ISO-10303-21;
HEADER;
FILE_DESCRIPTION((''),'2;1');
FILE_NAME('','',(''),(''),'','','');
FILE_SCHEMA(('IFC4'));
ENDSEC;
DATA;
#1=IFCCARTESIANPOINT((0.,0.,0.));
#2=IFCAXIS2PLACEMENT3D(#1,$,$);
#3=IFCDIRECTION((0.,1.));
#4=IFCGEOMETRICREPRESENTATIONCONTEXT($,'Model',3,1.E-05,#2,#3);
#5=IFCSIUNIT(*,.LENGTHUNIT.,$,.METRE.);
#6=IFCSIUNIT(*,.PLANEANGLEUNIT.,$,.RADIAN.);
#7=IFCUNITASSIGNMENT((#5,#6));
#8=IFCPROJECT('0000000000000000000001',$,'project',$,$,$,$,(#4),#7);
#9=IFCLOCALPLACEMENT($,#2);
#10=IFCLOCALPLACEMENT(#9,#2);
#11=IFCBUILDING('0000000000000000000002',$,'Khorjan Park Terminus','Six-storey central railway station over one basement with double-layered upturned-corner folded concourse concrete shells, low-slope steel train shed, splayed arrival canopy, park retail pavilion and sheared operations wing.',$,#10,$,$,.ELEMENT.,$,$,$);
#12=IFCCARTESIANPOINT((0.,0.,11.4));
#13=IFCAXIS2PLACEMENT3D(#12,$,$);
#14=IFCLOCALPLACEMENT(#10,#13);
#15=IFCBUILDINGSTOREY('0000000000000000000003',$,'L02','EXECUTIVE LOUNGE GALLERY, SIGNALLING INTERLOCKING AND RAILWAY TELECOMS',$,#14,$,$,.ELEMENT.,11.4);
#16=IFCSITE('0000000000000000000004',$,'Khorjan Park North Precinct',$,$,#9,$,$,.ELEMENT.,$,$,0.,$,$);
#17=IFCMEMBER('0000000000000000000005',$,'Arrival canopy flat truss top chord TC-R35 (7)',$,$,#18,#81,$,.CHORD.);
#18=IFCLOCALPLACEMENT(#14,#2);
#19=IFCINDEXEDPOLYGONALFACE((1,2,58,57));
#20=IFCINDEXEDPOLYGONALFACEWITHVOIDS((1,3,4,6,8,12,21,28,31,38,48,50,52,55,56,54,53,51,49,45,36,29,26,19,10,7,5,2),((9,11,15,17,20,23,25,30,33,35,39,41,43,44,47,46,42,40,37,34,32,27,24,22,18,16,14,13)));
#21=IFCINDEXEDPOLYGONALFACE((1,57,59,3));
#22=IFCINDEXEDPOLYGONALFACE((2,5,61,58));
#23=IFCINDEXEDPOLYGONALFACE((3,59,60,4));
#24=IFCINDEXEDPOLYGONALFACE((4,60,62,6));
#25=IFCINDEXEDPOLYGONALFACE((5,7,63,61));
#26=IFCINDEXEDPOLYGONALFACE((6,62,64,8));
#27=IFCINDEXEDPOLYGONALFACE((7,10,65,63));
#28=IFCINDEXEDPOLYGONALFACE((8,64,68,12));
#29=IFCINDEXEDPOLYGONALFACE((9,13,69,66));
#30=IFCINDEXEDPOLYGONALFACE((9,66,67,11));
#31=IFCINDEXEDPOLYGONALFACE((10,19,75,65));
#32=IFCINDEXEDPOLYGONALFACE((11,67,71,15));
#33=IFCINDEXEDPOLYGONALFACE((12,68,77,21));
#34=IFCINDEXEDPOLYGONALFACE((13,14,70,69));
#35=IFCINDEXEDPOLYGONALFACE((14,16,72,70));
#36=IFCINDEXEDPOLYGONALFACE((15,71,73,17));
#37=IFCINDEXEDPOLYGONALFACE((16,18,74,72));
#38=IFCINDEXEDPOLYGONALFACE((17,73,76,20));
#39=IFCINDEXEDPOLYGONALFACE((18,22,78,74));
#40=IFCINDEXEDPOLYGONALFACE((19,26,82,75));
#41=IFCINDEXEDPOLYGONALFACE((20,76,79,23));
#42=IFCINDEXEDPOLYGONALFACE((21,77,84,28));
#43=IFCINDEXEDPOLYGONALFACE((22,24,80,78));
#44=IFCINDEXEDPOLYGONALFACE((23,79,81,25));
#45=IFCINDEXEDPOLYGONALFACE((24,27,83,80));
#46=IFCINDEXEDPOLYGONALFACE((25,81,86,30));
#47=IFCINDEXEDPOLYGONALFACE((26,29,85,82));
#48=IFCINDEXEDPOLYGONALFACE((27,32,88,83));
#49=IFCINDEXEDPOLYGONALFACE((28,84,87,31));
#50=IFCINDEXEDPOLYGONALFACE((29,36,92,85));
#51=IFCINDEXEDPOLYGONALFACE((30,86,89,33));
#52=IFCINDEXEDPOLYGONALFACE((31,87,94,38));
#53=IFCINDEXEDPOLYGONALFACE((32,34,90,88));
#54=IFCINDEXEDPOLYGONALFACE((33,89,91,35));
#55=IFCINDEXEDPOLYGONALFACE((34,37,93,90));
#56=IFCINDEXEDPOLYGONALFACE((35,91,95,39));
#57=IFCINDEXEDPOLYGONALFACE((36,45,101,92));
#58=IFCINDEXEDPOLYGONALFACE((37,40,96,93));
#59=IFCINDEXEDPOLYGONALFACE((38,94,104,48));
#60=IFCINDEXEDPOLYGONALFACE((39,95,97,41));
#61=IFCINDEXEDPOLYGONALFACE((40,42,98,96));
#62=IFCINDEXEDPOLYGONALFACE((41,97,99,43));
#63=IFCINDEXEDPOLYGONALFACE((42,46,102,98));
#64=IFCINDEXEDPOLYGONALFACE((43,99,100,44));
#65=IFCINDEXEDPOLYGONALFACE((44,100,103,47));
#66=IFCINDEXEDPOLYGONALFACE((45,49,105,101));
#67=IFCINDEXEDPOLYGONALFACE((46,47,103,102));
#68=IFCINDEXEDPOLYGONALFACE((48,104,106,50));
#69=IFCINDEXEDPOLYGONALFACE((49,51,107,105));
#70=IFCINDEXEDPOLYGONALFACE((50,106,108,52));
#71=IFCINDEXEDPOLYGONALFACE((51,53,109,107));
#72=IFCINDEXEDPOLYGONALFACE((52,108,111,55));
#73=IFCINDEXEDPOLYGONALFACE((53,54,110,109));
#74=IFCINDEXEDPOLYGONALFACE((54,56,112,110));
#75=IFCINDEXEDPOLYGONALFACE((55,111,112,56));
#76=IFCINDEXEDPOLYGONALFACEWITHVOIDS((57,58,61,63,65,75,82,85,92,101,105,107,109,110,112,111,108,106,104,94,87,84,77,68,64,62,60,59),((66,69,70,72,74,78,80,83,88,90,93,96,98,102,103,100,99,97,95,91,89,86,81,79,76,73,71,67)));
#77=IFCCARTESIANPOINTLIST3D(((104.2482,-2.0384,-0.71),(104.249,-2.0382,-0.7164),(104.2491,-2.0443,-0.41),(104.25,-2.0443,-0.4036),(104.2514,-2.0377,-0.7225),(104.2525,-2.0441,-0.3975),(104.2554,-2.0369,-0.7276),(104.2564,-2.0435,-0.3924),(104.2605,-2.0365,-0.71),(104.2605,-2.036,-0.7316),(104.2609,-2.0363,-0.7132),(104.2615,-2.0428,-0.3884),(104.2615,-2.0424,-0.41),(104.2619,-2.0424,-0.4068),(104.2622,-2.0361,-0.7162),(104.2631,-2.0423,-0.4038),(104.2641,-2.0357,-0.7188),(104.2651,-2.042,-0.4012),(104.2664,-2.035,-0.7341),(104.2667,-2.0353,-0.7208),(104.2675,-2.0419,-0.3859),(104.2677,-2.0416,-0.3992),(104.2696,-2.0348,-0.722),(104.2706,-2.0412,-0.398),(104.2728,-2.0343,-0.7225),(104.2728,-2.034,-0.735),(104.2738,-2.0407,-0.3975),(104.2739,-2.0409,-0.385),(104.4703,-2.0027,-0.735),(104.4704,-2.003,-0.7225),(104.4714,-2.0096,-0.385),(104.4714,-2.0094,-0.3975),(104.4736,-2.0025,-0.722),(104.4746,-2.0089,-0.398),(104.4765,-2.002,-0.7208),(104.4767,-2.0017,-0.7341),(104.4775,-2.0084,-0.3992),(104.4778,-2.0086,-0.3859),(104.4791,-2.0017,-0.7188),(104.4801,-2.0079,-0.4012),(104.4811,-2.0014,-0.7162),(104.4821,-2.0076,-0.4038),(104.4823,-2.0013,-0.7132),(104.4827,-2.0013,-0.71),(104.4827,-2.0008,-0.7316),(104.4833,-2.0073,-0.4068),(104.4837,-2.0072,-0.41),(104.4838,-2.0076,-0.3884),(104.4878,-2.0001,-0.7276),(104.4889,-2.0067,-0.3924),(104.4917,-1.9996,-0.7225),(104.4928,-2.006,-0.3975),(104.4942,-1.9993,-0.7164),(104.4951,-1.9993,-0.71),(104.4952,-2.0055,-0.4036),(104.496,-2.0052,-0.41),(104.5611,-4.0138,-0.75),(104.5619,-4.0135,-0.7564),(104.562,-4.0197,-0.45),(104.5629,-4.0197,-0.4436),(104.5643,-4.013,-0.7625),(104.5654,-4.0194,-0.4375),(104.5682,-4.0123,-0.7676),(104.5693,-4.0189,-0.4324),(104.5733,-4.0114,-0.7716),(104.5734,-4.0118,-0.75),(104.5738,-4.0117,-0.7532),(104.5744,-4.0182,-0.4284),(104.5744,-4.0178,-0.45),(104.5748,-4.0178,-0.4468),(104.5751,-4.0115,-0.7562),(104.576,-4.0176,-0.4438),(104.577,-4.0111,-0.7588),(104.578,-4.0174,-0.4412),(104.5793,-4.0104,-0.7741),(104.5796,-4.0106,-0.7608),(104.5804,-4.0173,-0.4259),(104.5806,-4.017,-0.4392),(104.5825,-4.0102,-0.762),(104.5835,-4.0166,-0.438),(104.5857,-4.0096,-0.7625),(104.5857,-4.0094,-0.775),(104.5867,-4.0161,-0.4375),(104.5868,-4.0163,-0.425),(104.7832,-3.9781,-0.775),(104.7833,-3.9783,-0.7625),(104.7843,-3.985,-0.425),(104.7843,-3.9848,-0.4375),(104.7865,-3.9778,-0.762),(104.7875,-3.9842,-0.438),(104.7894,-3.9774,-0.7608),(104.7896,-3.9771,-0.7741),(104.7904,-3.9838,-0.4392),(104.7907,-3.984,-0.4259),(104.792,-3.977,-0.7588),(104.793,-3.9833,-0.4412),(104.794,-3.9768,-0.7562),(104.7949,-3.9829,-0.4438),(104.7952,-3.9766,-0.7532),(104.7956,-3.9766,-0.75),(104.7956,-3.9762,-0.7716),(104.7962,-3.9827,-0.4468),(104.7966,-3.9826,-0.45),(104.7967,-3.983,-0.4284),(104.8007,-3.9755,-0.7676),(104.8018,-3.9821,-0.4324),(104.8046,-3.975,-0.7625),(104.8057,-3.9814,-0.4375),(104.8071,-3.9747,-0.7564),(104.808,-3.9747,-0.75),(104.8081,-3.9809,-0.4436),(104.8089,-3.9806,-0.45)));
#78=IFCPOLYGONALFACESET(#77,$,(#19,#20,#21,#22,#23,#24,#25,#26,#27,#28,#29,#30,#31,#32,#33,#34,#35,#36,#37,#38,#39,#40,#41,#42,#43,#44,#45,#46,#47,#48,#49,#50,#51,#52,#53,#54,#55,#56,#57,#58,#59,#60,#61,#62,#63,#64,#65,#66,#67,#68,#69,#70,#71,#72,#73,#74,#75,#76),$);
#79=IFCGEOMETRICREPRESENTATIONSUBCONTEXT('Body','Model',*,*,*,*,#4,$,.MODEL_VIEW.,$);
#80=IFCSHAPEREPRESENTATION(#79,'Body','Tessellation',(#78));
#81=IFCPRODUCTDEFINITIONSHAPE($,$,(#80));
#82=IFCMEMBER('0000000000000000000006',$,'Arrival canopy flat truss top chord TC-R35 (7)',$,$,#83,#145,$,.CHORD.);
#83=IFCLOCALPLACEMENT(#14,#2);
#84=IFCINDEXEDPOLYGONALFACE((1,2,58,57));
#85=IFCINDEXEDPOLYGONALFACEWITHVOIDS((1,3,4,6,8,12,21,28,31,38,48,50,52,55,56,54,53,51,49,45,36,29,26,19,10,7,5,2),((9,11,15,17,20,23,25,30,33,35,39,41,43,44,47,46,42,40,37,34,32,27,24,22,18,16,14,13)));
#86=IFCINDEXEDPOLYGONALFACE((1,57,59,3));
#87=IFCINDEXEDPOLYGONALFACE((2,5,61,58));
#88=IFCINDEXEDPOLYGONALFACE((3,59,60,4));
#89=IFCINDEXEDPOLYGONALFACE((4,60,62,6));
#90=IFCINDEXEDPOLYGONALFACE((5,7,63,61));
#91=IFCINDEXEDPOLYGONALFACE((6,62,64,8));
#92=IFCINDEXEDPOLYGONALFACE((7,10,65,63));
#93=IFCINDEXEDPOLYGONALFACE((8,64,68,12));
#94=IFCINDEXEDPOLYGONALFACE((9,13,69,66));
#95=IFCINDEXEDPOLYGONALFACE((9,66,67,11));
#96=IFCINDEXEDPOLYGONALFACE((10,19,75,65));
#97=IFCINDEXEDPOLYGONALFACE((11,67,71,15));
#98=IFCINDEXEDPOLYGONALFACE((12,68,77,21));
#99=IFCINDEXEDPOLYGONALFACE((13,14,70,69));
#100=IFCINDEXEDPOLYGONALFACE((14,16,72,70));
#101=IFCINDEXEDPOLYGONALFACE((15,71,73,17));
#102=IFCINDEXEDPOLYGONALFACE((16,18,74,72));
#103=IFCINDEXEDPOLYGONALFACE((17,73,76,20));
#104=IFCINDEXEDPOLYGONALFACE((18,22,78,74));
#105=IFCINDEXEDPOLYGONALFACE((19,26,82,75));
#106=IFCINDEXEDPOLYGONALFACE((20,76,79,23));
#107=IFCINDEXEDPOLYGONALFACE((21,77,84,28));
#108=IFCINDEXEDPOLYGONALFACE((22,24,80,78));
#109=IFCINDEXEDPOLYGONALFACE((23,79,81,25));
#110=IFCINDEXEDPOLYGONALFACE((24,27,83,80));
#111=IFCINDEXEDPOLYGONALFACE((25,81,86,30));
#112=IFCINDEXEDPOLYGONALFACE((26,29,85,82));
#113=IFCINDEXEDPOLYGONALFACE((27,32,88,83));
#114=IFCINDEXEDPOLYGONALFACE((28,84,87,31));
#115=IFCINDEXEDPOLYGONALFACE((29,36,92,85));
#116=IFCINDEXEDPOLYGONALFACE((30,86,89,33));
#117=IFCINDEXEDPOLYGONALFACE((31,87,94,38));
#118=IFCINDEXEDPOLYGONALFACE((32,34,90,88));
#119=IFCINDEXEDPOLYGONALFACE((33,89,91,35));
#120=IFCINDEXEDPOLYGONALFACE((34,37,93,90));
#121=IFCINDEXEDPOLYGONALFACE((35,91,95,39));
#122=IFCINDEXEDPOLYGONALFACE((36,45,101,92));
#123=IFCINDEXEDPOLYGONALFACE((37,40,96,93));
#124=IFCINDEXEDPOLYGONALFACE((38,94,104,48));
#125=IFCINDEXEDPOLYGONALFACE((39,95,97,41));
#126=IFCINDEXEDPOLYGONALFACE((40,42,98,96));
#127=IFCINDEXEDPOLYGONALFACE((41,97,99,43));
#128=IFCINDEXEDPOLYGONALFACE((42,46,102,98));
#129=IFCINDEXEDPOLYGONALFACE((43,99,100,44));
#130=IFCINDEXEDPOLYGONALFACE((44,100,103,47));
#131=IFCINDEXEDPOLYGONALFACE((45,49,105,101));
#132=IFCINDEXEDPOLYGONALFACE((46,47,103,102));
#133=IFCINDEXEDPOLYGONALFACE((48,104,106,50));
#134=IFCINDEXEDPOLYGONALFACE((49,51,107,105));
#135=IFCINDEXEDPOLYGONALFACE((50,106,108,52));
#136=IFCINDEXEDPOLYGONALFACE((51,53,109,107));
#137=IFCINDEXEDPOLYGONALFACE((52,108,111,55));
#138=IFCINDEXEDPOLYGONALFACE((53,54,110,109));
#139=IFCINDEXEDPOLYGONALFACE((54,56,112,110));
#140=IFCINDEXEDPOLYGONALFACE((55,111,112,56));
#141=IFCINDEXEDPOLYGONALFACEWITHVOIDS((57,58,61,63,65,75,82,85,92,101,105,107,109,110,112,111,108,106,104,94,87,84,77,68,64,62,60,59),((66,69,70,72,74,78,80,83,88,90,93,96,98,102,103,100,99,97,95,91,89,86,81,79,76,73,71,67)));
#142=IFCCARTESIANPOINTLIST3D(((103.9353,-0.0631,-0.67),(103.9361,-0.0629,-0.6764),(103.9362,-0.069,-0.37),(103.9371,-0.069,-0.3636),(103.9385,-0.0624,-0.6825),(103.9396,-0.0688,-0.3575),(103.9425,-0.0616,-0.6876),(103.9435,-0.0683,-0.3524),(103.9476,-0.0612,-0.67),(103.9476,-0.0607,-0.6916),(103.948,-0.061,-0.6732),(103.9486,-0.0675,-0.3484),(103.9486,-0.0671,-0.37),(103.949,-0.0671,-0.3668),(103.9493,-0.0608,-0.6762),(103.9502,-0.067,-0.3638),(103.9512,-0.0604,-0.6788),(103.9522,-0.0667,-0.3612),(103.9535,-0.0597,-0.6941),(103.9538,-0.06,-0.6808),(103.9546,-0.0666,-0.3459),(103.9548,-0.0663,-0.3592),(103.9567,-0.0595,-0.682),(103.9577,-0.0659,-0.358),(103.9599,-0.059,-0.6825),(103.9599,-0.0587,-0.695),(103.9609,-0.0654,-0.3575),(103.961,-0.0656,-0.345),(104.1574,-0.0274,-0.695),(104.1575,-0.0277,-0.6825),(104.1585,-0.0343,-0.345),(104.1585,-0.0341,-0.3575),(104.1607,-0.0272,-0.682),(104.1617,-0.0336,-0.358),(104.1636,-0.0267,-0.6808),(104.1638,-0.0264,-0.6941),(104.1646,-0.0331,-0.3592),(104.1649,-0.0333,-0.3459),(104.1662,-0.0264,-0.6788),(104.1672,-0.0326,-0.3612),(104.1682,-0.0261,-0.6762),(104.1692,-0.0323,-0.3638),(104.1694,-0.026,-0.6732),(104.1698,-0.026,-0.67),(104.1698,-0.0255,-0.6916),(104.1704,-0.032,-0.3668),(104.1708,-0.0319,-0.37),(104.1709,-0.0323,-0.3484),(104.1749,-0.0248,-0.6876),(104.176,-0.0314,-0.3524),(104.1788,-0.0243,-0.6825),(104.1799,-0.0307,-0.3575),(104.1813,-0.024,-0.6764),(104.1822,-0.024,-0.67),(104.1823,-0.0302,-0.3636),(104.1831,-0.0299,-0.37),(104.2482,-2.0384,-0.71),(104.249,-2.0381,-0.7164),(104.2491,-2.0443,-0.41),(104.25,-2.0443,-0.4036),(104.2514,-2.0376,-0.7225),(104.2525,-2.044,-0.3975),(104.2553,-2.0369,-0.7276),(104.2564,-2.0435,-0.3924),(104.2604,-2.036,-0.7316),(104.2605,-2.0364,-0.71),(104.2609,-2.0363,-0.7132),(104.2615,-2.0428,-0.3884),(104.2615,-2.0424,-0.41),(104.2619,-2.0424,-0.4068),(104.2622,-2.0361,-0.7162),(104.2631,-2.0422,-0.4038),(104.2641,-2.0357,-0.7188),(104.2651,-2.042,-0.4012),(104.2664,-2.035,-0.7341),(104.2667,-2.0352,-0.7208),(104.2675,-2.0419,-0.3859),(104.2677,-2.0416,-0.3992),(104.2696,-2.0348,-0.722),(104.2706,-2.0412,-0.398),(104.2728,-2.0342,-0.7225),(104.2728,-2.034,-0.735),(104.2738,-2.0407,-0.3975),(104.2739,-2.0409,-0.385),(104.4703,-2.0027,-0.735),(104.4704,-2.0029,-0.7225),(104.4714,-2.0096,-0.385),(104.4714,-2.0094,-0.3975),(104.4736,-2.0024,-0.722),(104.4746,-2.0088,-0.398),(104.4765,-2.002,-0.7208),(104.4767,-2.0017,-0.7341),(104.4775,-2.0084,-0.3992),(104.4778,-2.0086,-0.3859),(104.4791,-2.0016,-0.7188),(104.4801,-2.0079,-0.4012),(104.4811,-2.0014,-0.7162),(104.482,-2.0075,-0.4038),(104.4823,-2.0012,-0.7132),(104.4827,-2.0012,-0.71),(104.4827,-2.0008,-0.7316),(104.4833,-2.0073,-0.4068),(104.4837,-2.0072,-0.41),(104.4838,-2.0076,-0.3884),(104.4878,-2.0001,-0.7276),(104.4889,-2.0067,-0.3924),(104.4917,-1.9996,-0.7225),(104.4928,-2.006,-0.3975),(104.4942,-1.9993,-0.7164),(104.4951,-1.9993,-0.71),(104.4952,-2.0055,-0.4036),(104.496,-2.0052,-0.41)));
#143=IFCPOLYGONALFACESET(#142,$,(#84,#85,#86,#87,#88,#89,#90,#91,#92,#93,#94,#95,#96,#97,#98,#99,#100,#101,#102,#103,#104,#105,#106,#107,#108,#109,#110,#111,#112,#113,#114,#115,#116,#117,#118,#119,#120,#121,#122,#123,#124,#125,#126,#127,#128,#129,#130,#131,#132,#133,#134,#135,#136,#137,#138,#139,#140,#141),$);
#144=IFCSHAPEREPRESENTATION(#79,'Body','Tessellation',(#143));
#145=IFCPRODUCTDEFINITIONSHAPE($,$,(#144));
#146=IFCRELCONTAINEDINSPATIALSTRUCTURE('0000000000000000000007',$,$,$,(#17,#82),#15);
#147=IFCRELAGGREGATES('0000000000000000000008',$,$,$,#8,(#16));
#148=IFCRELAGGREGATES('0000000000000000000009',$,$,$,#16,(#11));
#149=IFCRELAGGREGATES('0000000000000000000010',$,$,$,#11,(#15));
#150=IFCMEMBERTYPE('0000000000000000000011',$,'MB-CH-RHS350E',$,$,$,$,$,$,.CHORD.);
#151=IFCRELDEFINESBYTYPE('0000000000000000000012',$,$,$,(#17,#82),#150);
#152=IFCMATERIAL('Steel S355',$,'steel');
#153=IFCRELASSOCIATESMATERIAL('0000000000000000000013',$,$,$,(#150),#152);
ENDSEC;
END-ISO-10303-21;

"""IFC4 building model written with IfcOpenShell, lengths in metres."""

from ifc_helpers import new_model, si_unit, direction, frame, origin, origin_2d, place, context, subcontext, project, spatial, hollow_rectangle, extrude, material, material_profile, profile_set, type_object, element, save


model = new_model("IFC4")

# Units and contexts
model_context = context("Model", 3, precision=1e-05, world=origin(), true_north=direction((0.0, 1.0)))
body_context = subcontext(model_context, "Body", "Model", "MODEL_VIEW")
ifc_project = project(units=[si_unit("LENGTHUNIT", "METRE"), si_unit("PLANEANGLEUNIT", "RADIAN")], contexts=[model_context])

# Site, building, storey
site_placement = place(None, origin())
site = spatial("IfcSite", under=ifc_project, at=site_placement, Name="Khorjan Park North Precinct", CompositionType="ELEMENT", RefElevation=0.0)
building_placement = place(site_placement, origin())
building = spatial("IfcBuilding", under=site, at=building_placement, Name="Khorjan Park Terminus", Description="Six-storey central railway station over one basement with double-layered upturned-corner folded concourse concrete shells, low-slope steel train shed, splayed arrival canopy, park retail pavilion and sheared operations wing.", CompositionType="ELEMENT")
storey_placement = place(building_placement, frame((0.0, 0.0, 11.4)))
storey = spatial("IfcBuildingStorey", under=building, at=storey_placement, Name="L02", Description="EXECUTIVE LOUNGE GALLERY, SIGNALLING INTERLOCKING AND RAILWAY TELECOMS", CompositionType="ELEMENT", Elevation=11.4)

# Members
ifc_material = material(Name="Steel S355", Category="steel")
ifc_material_profile_1 = material_profile(ifc_material, hollow_rectangle(XDim=0.25, YDim=0.35, WallThickness=0.0125, InnerFilletRadius=0.0125, OuterFilletRadius=0.025, at=origin_2d()), Name="RHS 350x250x12.5")
ifc_profile_set_1 = profile_set([ifc_material_profile_1], Name="Steel S355")
member_type_1 = type_object("IfcMemberType", Name="MB-CH-RHS350E", PredefinedType="CHORD", material=ifc_profile_set_1)
member_1_placement = place(storey_placement, frame((104.685, -3.9972, -0.6), z_axis=(-0.156417, 0.987489, 0.019996), x_axis=(-0.987686, -0.156448, 0.0)))
element("IfcMember", 1, at=member_1_placement, inside=storey, type_object=member_type_1, Name="Arrival canopy flat truss top chord TC-R35 (7)", PredefinedType="CHORD", context=body_context, shape_type="SweptSolid", body=[
    extrude(hollow_rectangle(XDim=0.25, YDim=0.35, WallThickness=0.0125, InnerFilletRadius=0.0125, OuterFilletRadius=0.025, at=origin_2d()), origin(), (0.0, 0.0, 1.0), 2.0004),
])
member_2_placement = place(storey_placement, frame((104.3721, -2.0218, -0.56), z_axis=(-0.156424, 0.987488, 0.019997), x_axis=(-0.987685, -0.156456, 0.0)))
element("IfcMember", 2, at=member_2_placement, inside=storey, type_object=member_type_1, Name="Arrival canopy flat truss top chord TC-R35 (7)", PredefinedType="CHORD", context=body_context, shape_type="SweptSolid", body=[
    extrude(hollow_rectangle(XDim=0.25, YDim=0.35, WallThickness=0.0125, InnerFilletRadius=0.0125, OuterFilletRadius=0.025, at=origin_2d()), origin(), (0.0, 0.0, 1.0), 2.0003),
])

save(model, "model.ifc")
